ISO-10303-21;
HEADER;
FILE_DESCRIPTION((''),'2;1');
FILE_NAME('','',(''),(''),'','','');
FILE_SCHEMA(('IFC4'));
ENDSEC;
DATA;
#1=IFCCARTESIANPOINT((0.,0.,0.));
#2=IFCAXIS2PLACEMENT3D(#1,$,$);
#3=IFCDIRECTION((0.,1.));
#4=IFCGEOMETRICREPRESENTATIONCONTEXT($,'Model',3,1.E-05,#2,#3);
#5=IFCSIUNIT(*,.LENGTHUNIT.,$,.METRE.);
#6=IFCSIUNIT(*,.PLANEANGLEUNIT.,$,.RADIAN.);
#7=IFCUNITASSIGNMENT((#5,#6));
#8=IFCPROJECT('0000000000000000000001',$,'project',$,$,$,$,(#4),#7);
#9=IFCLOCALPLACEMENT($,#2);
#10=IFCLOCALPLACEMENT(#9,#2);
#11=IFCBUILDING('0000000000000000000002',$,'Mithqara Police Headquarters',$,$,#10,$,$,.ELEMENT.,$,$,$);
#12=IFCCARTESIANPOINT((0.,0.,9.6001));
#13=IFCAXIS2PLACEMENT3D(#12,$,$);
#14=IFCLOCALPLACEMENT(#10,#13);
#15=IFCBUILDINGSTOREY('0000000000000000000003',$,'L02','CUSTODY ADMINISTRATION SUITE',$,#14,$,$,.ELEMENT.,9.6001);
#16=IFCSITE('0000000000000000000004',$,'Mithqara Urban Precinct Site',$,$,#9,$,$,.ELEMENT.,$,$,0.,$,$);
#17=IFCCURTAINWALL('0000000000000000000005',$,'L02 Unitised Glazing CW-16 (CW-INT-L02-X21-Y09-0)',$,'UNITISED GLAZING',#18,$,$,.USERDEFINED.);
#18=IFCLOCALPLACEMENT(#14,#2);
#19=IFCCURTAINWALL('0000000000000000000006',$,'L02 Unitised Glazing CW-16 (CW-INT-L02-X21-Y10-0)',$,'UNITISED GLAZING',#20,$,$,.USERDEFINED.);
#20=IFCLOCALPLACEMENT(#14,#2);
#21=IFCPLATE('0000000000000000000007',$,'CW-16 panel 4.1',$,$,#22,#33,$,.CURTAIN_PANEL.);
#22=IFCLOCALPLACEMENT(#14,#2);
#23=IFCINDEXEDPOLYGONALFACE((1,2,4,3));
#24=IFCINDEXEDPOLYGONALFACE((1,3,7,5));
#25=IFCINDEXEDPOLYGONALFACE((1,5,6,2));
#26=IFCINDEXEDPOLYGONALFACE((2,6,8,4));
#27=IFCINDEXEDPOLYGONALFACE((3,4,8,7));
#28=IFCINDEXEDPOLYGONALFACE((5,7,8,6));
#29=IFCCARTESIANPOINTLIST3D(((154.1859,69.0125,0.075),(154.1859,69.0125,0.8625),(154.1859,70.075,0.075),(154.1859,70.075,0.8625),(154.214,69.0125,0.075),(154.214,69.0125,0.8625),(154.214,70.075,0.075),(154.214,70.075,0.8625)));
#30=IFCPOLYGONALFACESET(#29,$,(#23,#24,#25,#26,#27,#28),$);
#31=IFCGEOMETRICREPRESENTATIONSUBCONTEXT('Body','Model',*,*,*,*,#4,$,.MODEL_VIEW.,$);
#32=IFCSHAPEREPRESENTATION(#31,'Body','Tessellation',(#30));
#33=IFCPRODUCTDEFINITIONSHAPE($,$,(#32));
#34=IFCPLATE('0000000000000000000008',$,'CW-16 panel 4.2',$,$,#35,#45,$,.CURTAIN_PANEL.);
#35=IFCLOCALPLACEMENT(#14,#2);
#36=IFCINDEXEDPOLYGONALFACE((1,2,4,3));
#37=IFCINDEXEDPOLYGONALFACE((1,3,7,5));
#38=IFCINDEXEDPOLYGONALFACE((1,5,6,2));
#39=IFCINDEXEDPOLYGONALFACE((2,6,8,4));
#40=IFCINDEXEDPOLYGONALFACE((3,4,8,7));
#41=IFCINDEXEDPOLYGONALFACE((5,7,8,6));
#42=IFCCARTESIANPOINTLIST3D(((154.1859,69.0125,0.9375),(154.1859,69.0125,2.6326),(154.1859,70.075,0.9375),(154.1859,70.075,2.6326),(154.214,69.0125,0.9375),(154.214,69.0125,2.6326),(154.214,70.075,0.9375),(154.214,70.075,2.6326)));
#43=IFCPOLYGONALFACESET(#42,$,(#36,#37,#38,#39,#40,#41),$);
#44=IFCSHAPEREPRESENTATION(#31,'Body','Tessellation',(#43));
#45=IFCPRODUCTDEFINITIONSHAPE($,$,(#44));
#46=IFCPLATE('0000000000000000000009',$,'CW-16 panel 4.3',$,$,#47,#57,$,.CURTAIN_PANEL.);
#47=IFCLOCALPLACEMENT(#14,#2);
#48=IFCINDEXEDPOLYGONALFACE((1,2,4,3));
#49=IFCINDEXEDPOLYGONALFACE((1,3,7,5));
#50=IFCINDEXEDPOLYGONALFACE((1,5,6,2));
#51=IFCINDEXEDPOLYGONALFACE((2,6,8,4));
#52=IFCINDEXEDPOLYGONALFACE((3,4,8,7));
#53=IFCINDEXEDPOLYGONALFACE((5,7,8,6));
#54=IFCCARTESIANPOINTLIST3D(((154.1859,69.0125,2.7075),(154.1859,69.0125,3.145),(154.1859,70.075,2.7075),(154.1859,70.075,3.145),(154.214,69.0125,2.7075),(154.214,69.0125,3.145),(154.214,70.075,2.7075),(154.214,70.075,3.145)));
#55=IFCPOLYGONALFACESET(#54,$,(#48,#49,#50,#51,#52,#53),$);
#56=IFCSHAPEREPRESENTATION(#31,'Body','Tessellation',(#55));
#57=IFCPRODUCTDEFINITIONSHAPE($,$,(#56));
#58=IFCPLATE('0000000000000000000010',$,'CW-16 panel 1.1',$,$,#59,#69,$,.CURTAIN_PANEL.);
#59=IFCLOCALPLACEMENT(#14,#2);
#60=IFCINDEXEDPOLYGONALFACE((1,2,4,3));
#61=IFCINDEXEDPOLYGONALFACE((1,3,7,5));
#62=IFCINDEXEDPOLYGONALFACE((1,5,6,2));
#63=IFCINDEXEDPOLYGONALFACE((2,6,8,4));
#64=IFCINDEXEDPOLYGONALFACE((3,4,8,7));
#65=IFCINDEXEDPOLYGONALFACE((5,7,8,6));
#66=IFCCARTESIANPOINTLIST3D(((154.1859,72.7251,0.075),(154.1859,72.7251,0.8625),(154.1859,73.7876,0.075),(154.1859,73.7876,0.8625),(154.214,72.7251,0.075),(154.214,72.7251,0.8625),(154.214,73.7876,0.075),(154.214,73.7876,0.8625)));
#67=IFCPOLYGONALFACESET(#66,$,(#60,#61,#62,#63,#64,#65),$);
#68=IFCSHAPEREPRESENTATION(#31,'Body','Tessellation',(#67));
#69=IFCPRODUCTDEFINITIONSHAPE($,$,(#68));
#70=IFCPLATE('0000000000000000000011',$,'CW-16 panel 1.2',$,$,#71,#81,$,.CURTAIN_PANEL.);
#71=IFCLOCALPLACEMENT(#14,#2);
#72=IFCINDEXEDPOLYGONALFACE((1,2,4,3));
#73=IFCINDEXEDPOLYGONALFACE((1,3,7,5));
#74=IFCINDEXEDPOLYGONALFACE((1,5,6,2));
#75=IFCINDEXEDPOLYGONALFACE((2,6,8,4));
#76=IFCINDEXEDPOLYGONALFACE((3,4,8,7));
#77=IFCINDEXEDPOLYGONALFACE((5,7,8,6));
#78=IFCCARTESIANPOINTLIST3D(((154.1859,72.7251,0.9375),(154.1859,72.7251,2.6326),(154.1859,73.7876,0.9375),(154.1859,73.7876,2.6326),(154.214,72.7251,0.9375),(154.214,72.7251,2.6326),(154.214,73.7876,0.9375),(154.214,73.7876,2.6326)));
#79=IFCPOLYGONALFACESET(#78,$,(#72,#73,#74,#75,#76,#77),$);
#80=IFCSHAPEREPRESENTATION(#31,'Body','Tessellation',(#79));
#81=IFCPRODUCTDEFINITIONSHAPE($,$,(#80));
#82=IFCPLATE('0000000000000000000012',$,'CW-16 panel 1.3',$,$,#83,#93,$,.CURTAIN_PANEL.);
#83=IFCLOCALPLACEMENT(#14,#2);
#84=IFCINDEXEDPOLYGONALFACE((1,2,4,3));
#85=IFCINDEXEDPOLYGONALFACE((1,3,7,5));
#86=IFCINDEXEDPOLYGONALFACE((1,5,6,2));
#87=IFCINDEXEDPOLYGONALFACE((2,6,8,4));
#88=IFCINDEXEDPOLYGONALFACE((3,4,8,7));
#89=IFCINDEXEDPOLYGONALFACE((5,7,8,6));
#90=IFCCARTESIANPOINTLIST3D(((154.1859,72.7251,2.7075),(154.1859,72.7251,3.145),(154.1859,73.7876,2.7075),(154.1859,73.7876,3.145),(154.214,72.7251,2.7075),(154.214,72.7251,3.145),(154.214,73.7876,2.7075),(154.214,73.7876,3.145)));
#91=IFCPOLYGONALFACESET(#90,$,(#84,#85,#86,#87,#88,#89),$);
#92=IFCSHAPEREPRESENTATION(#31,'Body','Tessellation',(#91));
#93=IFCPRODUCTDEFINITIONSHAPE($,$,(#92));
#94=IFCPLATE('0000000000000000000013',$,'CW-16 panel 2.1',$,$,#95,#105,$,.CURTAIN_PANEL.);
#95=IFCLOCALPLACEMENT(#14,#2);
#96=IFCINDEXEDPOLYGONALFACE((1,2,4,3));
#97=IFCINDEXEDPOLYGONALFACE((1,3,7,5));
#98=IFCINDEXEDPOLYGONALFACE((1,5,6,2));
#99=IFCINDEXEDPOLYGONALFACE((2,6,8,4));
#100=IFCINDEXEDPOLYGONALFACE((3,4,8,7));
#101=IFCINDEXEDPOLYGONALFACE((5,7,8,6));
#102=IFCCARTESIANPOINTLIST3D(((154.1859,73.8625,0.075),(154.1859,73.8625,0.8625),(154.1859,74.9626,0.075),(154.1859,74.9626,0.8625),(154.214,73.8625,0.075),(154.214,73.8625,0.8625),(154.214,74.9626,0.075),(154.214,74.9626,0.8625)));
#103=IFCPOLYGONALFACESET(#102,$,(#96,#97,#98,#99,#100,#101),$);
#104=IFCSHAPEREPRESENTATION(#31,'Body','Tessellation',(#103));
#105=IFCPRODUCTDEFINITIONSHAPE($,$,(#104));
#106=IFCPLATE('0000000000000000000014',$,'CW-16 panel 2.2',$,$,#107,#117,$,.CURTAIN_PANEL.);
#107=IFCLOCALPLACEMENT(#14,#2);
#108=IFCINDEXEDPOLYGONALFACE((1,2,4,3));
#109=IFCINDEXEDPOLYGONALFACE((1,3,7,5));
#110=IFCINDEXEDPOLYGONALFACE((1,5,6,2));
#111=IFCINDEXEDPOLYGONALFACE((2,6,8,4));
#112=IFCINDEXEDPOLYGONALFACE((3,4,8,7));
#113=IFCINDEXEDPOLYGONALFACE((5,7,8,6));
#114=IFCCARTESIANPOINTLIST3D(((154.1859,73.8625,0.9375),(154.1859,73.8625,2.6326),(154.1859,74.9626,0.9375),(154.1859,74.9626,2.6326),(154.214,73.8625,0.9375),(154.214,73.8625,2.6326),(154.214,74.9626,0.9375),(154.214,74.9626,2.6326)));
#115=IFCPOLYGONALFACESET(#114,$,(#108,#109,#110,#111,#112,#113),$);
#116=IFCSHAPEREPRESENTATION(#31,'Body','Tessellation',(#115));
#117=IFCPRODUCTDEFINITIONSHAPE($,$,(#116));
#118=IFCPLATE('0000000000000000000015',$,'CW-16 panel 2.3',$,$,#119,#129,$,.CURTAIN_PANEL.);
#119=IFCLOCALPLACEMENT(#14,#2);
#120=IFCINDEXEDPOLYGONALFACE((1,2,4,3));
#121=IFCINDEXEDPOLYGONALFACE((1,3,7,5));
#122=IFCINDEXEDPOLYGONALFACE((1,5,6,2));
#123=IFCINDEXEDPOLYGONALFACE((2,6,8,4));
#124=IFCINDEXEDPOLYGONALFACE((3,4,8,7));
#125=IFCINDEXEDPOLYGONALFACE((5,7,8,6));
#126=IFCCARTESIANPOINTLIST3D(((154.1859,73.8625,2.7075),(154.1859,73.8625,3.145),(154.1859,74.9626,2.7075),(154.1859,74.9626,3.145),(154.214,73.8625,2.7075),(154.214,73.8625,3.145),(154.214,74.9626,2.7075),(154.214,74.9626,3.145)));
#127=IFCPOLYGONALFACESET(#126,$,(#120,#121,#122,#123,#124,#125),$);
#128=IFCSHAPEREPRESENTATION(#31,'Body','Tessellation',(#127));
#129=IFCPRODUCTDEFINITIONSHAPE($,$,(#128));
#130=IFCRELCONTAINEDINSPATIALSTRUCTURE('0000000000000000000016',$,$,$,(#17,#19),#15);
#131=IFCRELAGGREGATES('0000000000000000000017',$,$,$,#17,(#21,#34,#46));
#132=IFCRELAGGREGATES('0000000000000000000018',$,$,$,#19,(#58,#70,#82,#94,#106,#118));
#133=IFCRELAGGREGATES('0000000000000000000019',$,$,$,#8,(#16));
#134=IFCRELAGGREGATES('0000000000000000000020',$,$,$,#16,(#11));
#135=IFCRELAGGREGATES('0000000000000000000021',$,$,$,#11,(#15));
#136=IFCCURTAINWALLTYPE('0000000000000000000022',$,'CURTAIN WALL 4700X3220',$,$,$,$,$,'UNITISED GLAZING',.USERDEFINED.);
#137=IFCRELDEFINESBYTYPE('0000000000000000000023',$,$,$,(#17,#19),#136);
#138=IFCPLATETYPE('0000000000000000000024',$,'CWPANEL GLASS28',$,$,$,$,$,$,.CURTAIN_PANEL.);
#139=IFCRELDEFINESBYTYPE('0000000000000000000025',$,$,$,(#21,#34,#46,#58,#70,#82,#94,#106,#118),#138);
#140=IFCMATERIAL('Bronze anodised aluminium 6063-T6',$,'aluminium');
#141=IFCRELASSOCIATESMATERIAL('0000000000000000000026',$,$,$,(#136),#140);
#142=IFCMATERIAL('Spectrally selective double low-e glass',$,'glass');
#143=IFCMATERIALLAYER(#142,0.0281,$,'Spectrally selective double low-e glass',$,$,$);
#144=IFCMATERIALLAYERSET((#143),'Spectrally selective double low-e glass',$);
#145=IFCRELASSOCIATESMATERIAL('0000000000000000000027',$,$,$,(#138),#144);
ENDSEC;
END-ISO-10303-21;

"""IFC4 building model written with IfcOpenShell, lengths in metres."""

from ifc_helpers import new_model, si_unit, direction, frame, origin, origin_2d, place, context, subcontext, project, spatial, rectangle, extrude, material, layer, layer_set, type_object, element, aggregate, save


model = new_model("IFC4")

# Units and contexts
model_context = context("Model", 3, precision=1e-05, world=origin(), true_north=direction((0.0, 1.0)))
body_context = subcontext(model_context, "Body", "Model", "MODEL_VIEW")
ifc_project = project(units=[si_unit("LENGTHUNIT", "METRE"), si_unit("PLANEANGLEUNIT", "RADIAN")], contexts=[model_context])

# Site, building, storey
site_placement = place(None, origin())
site = spatial("IfcSite", under=ifc_project, at=site_placement, Name="Mithqara Urban Precinct Site", CompositionType="ELEMENT", RefElevation=0.0)
building_placement = place(site_placement, origin())
building = spatial("IfcBuilding", under=site, at=building_placement, Name="Mithqara Police Headquarters", CompositionType="ELEMENT")
storey_placement = place(building_placement, frame((0.0, 0.0, 9.6001)))
storey = spatial("IfcBuildingStorey", under=building, at=storey_placement, Name="L02", Description="CUSTODY ADMINISTRATION SUITE", CompositionType="ELEMENT", Elevation=9.6001)

# Curtain walls
ifc_material_1 = material(Name="Bronze anodised aluminium 6063-T6", Category="aluminium")
curtain_wall_type = type_object("IfcCurtainWallType", Name="CURTAIN WALL 4700X3220", ElementType="UNITISED GLAZING", PredefinedType="USERDEFINED", material=ifc_material_1)
curtain_wall_1_placement = place(storey_placement, origin())
curtain_wall_1 = element("IfcCurtainWall", 1, at=curtain_wall_1_placement, inside=storey, type_object=curtain_wall_type, Name="L02 Unitised Glazing CW-16 (CW-INT-L02-X21-Y09-0)", ObjectType="UNITISED GLAZING", PredefinedType="USERDEFINED")
curtain_wall_2_placement = place(storey_placement, origin())
curtain_wall_2 = element("IfcCurtainWall", 2, at=curtain_wall_2_placement, inside=storey, type_object=curtain_wall_type, Name="L02 Unitised Glazing CW-16 (CW-INT-L02-X21-Y10-0)", ObjectType="UNITISED GLAZING", PredefinedType="USERDEFINED")

# Plates
ifc_material_2 = material(Name="Spectrally selective double low-e glass", Category="glass")
ifc_layer = layer(ifc_material_2, 0.0281, Name="Spectrally selective double low-e glass")
ifc_layer_set = layer_set([ifc_layer], Name="Spectrally selective double low-e glass")
plate_type = type_object("IfcPlateType", Name="CWPANEL GLASS28", PredefinedType="CURTAIN_PANEL", material=ifc_layer_set)
plate_1_placement = place(storey_placement, frame((154.2, 69.5437, 0.075), z_axis=(0.0, 0.0, 1.0), x_axis=(0.0, 1.0, 0.0)))
plate_1 = element("IfcPlate", 3, at=plate_1_placement, type_object=plate_type, Name="CW-16 panel 4.1", PredefinedType="CURTAIN_PANEL", context=body_context, shape_type="SweptSolid", body=[
    extrude(rectangle(XDim=1.0625, YDim=0.0281, at=origin_2d()), origin(), (0.0, 0.0, 1.0), 0.7876),
])
plate_2_placement = place(storey_placement, frame((154.2, 69.5437, 0.9375), z_axis=(0.0, 0.0, 1.0), x_axis=(0.0, 1.0, 0.0)))
plate_2 = element("IfcPlate", 4, at=plate_2_placement, type_object=plate_type, Name="CW-16 panel 4.2", PredefinedType="CURTAIN_PANEL", context=body_context, shape_type="SweptSolid", body=[
    extrude(rectangle(XDim=1.0625, YDim=0.0281, at=origin_2d()), origin(), (0.0, 0.0, 1.0), 1.6951),
])
plate_3_placement = place(storey_placement, frame((154.2, 69.5437, 2.7075), z_axis=(0.0, 0.0, 1.0), x_axis=(0.0, 1.0, 0.0)))
plate_3 = element("IfcPlate", 5, at=plate_3_placement, type_object=plate_type, Name="CW-16 panel 4.3", PredefinedType="CURTAIN_PANEL", context=body_context, shape_type="SweptSolid", body=[
    extrude(rectangle(XDim=1.0625, YDim=0.0281, at=origin_2d()), origin(), (0.0, 0.0, 1.0), 0.4375),
])
aggregate(curtain_wall_1, [plate_1, plate_2, plate_3])
plate_4_placement = place(storey_placement, frame((154.2, 73.2563, 0.075), z_axis=(0.0, 0.0, 1.0), x_axis=(0.0, 1.0, 0.0)))
plate_4 = element("IfcPlate", 6, at=plate_4_placement, type_object=plate_type, Name="CW-16 panel 1.1", PredefinedType="CURTAIN_PANEL", context=body_context, shape_type="SweptSolid", body=[
    extrude(rectangle(XDim=1.0625, YDim=0.0281, at=origin_2d()), origin(), (0.0, 0.0, 1.0), 0.7876),
])
plate_5_placement = place(storey_placement, frame((154.2, 73.2563, 0.9375), z_axis=(0.0, 0.0, 1.0), x_axis=(0.0, 1.0, 0.0)))
plate_5 = element("IfcPlate", 7, at=plate_5_placement, type_object=plate_type, Name="CW-16 panel 1.2", PredefinedType="CURTAIN_PANEL", context=body_context, shape_type="SweptSolid", body=[
    extrude(rectangle(XDim=1.0625, YDim=0.0281, at=origin_2d()), origin(), (0.0, 0.0, 1.0), 1.6951),
])
plate_6_placement = place(storey_placement, frame((154.2, 73.2563, 2.7075), z_axis=(0.0, 0.0, 1.0), x_axis=(0.0, 1.0, 0.0)))
plate_6 = element("IfcPlate", 8, at=plate_6_placement, type_object=plate_type, Name="CW-16 panel 1.3", PredefinedType="CURTAIN_PANEL", context=body_context, shape_type="SweptSolid", body=[
    extrude(rectangle(XDim=1.0625, YDim=0.0281, at=origin_2d()), origin(), (0.0, 0.0, 1.0), 0.4375),
])
plate_7_placement = place(storey_placement, frame((154.2, 74.4126, 0.075), z_axis=(0.0, 0.0, 1.0), x_axis=(0.0, 1.0, 0.0)))
plate_7 = element("IfcPlate", 9, at=plate_7_placement, type_object=plate_type, Name="CW-16 panel 2.1", PredefinedType="CURTAIN_PANEL", context=body_context, shape_type="SweptSolid", body=[
    extrude(rectangle(XDim=1.1001, YDim=0.0281, at=origin_2d()), origin(), (0.0, 0.0, 1.0), 0.7876),
])
plate_8_placement = place(storey_placement, frame((154.2, 74.4126, 0.9375), z_axis=(0.0, 0.0, 1.0), x_axis=(0.0, 1.0, 0.0)))
plate_8 = element("IfcPlate", 10, at=plate_8_placement, type_object=plate_type, Name="CW-16 panel 2.2", PredefinedType="CURTAIN_PANEL", context=body_context, shape_type="SweptSolid", body=[
    extrude(rectangle(XDim=1.1001, YDim=0.0281, at=origin_2d()), origin(), (0.0, 0.0, 1.0), 1.6951),
])
plate_9_placement = place(storey_placement, frame((154.2, 74.4126, 2.7075), z_axis=(0.0, 0.0, 1.0), x_axis=(0.0, 1.0, 0.0)))
plate_9 = element("IfcPlate", 11, at=plate_9_placement, type_object=plate_type, Name="CW-16 panel 2.3", PredefinedType="CURTAIN_PANEL", context=body_context, shape_type="SweptSolid", body=[
    extrude(rectangle(XDim=1.1001, YDim=0.0281, at=origin_2d()), origin(), (0.0, 0.0, 1.0), 0.4375),
])
aggregate(curtain_wall_2, [plate_4, plate_5, plate_6, plate_7, plate_8, plate_9])

save(model, "model.ifc")
